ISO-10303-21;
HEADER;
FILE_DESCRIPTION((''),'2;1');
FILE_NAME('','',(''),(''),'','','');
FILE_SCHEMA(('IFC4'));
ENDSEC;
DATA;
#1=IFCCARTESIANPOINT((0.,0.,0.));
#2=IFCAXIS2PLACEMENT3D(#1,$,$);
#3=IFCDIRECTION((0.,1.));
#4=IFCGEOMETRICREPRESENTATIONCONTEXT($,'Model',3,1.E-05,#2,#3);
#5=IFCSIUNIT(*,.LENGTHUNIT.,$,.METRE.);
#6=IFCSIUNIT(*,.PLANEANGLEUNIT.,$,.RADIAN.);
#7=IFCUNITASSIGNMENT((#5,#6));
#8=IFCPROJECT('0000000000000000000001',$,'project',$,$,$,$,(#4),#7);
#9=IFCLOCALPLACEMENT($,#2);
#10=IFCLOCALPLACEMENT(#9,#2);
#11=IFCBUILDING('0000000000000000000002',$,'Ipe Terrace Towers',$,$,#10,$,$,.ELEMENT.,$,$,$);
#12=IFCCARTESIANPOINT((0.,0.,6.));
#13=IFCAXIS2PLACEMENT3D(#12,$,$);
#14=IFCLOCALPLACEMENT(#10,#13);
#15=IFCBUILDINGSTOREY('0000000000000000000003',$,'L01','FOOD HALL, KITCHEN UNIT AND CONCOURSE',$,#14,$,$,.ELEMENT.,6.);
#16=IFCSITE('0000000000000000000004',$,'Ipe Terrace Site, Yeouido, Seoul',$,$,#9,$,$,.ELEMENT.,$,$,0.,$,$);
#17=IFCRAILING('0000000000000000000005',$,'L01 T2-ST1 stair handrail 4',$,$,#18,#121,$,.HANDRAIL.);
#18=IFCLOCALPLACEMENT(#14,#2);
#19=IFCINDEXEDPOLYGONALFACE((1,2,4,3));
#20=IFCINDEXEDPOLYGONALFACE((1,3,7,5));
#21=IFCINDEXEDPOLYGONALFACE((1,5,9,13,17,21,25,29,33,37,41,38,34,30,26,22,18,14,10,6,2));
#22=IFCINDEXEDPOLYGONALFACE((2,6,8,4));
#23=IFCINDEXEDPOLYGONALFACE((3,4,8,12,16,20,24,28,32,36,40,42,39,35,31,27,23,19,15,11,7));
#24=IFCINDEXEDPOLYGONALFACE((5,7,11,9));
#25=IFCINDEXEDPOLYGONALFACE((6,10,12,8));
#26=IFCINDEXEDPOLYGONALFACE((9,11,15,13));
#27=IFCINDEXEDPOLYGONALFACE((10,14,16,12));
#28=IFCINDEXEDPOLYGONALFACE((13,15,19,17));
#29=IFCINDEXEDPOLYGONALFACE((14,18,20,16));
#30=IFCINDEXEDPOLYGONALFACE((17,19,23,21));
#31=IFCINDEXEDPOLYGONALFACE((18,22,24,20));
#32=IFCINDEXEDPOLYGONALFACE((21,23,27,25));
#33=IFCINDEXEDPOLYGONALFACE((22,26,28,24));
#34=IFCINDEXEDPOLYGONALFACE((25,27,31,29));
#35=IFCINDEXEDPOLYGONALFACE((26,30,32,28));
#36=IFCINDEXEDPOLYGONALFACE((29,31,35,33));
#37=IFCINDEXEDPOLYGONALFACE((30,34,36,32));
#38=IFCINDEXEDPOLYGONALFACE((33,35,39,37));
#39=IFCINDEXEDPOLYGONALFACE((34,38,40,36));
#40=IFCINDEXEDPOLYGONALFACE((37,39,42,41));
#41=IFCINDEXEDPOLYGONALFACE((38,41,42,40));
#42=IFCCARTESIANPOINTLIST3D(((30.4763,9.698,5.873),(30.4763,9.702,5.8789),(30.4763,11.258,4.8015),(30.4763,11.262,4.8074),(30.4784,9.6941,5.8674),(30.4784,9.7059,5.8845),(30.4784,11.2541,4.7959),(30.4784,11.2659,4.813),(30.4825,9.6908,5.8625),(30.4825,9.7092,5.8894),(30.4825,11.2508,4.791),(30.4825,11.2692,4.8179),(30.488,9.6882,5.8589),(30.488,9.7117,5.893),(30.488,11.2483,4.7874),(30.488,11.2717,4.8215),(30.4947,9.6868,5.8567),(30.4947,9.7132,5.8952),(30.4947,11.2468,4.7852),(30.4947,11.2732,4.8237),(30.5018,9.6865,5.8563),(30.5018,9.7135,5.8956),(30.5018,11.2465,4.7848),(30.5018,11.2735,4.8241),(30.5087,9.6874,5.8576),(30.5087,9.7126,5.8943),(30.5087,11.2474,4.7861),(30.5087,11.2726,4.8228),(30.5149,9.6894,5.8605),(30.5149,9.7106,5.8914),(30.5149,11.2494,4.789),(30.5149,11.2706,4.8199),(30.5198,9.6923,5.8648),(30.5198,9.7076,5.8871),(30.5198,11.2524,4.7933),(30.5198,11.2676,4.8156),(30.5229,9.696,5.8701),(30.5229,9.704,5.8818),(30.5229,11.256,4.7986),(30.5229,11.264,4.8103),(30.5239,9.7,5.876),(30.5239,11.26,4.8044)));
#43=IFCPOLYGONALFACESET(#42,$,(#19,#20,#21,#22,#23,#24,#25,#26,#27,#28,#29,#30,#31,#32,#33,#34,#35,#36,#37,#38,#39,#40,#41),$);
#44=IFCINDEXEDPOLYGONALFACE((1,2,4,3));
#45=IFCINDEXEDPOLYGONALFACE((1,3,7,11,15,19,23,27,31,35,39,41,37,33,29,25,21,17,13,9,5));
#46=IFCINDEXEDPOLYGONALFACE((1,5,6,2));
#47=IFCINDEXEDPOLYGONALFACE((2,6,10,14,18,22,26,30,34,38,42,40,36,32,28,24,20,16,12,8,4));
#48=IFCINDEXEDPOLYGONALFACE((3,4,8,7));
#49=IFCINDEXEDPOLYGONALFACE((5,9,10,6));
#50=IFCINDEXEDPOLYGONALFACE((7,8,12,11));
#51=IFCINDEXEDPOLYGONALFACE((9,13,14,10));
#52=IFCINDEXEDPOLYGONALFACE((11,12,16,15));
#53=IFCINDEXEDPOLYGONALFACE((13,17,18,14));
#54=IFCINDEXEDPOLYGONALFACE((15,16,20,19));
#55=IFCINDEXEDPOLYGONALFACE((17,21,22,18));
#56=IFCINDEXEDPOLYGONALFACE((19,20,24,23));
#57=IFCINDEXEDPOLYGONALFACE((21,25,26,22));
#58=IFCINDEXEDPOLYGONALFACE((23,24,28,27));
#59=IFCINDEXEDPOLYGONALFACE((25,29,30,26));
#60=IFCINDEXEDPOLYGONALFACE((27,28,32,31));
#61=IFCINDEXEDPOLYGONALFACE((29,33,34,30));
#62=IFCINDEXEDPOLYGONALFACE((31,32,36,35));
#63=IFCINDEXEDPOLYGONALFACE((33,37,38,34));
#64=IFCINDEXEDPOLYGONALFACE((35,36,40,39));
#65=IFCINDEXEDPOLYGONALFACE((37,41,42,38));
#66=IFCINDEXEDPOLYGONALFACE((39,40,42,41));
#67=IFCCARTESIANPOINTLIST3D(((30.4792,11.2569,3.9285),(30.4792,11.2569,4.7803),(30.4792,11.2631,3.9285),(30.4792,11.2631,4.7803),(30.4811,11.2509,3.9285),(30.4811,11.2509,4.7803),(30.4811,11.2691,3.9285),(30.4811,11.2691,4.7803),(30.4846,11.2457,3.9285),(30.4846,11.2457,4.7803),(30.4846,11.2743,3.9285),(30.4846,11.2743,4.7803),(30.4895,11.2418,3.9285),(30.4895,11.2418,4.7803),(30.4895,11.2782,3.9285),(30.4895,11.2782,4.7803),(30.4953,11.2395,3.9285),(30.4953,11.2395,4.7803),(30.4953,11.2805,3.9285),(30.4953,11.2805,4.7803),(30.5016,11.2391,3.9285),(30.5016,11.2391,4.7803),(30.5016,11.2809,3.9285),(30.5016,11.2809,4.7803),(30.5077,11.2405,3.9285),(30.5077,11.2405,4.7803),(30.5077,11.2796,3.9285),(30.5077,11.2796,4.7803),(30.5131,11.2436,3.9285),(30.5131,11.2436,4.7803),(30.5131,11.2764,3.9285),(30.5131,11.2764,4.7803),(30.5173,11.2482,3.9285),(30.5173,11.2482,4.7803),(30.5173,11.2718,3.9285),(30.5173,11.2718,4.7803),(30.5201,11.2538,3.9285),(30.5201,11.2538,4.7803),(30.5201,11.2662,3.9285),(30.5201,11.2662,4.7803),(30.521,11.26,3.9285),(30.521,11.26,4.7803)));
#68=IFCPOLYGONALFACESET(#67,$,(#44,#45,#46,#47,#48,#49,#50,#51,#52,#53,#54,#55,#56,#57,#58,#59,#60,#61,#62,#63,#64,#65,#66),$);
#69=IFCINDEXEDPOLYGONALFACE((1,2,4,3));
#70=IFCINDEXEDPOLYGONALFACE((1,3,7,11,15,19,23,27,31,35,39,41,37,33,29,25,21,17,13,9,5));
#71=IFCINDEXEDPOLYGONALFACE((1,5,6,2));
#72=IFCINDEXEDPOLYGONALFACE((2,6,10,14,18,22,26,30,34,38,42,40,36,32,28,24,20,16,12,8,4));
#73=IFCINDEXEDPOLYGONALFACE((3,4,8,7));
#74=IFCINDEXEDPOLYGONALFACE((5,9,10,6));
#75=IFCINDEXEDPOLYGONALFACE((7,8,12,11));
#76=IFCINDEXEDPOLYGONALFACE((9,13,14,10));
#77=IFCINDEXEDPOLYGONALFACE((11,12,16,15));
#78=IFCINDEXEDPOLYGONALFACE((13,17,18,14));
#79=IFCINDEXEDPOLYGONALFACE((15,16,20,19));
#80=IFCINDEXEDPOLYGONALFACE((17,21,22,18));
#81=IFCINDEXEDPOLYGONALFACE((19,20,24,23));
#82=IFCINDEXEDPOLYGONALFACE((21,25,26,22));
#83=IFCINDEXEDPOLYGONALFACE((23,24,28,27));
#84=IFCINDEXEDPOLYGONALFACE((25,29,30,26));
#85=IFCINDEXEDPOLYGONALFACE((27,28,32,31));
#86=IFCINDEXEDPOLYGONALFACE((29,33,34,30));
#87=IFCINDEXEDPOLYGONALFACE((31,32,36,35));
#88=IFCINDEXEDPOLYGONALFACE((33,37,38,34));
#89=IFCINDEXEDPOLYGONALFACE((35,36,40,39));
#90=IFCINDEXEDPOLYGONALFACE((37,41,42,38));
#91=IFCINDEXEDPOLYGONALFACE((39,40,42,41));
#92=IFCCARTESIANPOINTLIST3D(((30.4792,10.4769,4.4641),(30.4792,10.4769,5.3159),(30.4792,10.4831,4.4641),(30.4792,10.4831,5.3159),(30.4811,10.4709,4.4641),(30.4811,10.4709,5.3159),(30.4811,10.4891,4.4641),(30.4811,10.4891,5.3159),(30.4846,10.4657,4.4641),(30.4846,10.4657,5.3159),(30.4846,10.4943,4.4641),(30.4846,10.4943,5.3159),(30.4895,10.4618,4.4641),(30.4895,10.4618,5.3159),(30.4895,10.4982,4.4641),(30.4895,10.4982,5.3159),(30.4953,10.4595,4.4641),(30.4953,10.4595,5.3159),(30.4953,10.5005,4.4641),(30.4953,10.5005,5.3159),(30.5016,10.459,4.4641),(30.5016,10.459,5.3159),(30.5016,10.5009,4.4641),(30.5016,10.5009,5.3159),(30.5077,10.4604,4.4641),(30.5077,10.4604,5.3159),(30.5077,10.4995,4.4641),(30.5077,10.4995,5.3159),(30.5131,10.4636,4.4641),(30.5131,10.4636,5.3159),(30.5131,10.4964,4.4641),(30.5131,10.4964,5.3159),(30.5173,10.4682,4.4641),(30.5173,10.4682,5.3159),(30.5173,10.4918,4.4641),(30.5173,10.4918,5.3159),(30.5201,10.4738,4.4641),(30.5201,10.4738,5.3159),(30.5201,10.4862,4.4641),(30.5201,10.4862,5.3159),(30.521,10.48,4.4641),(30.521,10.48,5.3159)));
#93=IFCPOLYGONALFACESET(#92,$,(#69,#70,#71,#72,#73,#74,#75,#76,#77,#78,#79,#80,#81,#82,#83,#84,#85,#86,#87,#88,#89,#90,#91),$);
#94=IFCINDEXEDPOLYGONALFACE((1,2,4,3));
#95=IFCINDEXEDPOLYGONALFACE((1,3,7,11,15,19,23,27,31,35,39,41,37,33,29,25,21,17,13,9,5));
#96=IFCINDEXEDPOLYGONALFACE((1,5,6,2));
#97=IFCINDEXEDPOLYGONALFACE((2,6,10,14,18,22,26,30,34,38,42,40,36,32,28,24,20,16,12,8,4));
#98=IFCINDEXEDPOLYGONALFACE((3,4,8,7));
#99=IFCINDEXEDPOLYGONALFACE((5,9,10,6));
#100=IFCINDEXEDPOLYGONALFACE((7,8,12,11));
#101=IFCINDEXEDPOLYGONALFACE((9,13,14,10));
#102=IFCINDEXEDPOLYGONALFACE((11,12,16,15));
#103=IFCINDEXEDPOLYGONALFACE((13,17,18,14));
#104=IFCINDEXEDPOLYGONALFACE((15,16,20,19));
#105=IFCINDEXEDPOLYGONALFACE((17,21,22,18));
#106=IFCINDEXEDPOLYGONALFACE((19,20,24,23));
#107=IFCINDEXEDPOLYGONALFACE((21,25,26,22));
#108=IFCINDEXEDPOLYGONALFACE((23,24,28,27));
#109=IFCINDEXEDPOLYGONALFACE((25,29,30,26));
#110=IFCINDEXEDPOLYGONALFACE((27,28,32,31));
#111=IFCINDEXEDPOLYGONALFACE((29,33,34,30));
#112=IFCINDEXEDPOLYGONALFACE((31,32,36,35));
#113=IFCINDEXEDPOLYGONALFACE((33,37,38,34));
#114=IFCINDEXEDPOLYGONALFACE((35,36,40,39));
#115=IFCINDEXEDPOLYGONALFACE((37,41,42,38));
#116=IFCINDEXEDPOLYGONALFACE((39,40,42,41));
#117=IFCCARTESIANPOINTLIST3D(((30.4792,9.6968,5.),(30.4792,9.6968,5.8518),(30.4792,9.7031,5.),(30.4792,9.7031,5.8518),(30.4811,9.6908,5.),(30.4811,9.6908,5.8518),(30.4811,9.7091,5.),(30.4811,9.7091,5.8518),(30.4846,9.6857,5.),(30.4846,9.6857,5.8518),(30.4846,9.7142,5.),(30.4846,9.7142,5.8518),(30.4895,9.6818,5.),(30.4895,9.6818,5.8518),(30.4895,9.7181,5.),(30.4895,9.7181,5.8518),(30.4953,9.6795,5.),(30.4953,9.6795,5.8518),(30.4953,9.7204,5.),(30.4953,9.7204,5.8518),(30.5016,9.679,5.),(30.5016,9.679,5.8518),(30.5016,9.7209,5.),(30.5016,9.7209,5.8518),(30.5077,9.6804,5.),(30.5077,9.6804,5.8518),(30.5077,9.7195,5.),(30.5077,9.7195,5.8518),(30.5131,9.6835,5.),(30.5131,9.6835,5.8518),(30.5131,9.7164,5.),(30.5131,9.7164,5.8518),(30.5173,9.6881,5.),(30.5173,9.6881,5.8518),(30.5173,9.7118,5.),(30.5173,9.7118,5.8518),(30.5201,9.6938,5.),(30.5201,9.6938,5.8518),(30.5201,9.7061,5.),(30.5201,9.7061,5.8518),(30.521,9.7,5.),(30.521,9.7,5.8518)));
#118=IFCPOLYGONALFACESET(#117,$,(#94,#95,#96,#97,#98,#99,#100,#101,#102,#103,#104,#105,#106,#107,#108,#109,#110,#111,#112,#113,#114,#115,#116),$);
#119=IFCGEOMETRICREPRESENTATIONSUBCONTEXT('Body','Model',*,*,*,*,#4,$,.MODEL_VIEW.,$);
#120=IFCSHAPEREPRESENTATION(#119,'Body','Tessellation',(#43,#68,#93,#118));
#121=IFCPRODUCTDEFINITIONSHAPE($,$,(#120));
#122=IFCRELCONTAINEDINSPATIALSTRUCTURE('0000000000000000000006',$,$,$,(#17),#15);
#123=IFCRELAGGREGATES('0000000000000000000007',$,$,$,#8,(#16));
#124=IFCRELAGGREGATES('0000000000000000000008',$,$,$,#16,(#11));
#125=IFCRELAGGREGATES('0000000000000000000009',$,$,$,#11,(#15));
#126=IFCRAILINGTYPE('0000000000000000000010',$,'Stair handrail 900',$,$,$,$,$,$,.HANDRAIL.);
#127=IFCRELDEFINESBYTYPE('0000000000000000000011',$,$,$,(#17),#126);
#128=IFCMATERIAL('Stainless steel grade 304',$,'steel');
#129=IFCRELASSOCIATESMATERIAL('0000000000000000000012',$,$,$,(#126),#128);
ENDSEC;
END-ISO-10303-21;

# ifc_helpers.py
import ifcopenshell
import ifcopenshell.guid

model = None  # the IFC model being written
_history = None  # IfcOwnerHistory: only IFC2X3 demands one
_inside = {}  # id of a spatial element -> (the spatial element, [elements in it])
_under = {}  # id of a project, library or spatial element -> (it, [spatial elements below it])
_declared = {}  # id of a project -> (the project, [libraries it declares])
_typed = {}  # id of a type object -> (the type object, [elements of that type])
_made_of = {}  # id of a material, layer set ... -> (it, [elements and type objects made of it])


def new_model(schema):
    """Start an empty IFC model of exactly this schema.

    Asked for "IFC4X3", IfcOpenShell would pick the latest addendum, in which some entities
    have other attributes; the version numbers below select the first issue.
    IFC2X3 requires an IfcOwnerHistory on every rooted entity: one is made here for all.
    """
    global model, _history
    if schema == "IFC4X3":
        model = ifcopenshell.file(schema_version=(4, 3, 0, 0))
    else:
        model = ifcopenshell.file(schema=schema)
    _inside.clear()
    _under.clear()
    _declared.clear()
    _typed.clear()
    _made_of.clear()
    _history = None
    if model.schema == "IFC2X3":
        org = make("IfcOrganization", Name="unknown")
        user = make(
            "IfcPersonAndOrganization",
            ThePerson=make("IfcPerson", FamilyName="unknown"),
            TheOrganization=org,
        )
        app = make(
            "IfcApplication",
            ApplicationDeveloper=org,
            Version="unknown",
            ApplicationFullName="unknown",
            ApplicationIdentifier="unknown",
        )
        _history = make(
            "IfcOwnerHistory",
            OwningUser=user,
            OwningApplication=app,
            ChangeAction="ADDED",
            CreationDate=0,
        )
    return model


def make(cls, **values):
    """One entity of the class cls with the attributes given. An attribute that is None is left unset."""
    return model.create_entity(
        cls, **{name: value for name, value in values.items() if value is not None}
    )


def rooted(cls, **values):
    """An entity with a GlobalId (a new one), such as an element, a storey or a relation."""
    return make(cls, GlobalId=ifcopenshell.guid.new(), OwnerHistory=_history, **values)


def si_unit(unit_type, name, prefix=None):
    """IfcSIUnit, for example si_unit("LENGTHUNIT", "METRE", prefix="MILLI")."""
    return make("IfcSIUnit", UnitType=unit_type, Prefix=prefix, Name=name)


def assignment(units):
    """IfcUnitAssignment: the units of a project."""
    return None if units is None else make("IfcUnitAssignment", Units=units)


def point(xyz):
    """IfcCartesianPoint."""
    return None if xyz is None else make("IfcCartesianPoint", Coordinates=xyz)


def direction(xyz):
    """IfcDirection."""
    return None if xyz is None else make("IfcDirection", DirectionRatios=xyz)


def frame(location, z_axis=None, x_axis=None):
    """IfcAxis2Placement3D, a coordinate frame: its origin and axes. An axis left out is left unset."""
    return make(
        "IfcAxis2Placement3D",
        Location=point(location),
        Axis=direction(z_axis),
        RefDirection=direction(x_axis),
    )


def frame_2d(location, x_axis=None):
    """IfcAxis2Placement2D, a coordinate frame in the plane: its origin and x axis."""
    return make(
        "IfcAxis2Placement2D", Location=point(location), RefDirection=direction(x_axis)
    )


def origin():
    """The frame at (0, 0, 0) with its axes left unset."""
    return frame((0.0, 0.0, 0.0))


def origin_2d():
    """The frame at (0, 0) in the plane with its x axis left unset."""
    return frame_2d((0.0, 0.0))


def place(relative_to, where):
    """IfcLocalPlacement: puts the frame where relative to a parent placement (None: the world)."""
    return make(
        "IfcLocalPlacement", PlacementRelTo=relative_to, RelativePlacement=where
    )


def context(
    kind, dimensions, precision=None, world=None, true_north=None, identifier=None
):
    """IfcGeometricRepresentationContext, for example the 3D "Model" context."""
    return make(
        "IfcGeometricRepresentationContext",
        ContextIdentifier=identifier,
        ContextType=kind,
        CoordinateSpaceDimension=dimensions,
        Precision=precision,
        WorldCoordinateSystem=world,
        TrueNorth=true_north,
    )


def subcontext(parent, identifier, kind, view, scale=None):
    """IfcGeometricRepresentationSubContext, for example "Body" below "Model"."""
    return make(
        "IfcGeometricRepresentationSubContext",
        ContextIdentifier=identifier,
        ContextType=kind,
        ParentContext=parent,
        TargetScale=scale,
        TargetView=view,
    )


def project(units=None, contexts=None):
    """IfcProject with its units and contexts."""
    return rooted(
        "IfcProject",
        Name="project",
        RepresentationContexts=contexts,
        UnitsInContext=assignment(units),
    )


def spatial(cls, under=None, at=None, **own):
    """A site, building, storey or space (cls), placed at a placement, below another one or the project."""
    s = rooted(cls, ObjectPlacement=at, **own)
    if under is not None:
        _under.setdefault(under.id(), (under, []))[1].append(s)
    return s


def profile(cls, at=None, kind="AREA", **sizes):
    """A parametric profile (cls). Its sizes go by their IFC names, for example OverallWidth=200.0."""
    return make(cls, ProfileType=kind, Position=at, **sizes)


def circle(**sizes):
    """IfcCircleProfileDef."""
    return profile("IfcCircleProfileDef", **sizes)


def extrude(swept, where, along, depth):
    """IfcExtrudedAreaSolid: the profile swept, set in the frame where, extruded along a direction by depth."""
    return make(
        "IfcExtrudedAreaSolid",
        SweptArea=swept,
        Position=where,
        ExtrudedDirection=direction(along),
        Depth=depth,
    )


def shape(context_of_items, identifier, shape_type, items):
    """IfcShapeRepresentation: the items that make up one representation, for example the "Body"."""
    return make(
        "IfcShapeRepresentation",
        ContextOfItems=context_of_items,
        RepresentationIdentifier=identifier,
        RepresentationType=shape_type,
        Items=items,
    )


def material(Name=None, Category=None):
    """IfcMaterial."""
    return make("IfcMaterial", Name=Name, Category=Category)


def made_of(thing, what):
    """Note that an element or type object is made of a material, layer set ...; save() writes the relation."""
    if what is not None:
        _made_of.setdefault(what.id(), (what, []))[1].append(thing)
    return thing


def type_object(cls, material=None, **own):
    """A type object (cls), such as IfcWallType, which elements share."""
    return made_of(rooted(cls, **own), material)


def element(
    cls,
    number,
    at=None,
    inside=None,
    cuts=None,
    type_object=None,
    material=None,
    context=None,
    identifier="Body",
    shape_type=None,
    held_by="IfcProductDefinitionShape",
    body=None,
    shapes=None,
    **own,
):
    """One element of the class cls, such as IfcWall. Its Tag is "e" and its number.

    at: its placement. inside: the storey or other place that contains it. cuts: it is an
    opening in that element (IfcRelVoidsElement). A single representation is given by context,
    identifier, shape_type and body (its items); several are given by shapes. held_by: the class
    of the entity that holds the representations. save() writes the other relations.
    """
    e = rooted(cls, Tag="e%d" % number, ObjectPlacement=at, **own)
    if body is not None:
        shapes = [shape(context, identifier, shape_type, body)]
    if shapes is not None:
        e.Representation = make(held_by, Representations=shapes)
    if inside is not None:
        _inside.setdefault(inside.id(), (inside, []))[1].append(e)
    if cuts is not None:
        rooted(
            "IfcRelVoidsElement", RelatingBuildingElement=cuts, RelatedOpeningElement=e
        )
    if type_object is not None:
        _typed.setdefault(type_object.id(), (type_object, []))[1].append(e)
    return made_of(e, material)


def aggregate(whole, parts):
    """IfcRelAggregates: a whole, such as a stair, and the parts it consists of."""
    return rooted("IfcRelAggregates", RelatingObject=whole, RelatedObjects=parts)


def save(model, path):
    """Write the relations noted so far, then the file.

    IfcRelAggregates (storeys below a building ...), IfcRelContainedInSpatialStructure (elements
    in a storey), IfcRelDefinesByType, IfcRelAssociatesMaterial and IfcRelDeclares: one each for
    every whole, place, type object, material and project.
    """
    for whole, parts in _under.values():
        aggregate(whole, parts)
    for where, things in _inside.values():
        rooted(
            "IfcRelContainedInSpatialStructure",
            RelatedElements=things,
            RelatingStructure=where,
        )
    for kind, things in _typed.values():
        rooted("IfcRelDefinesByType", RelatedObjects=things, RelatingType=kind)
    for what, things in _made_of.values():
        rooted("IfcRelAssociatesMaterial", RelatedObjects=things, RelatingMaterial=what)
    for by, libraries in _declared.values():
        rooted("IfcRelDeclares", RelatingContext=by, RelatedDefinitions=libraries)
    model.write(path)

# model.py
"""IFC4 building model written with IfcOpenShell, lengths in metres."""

from ifc_helpers import new_model, si_unit, direction, frame, origin, origin_2d, place, context, subcontext, project, spatial, circle, extrude, material, type_object, element, save


model = new_model("IFC4")

# Units and contexts
model_context = context("Model", 3, precision=1e-05, world=origin(), true_north=direction((0.0, 1.0)))
body_context = subcontext(model_context, "Body", "Model", "MODEL_VIEW")
ifc_project = project(units=[si_unit("LENGTHUNIT", "METRE"), si_unit("PLANEANGLEUNIT", "RADIAN")], contexts=[model_context])

# Site, building, storey
site_placement = place(None, origin())
site = spatial("IfcSite", under=ifc_project, at=site_placement, Name="Ipe Terrace Site, Yeouido, Seoul", CompositionType="ELEMENT", RefElevation=0.0)
building_placement = place(site_placement, origin())
building = spatial("IfcBuilding", under=site, at=building_placement, Name="Ipe Terrace Towers", CompositionType="ELEMENT")
storey_placement = place(building_placement, frame((0.0, 0.0, 6.0)))
storey = spatial("IfcBuildingStorey", under=building, at=storey_placement, Name="L01", Description="FOOD HALL, KITCHEN UNIT AND CONCOURSE", CompositionType="ELEMENT", Elevation=6.0)

# Railing
ifc_material_1 = material(Name="Stainless steel grade 304", Category="steel")
railing_type_1 = type_object("IfcRailingType", Name="Stair handrail 900", PredefinedType="HANDRAIL", material=ifc_material_1)
railing_1_placement = place(storey_placement, frame((30.5, 11.26, 3.9285)))
element("IfcRailing", 1, at=railing_1_placement, inside=storey, type_object=railing_type_1, Name="L01 T2-ST1 stair handrail 4", PredefinedType="HANDRAIL", context=body_context, shape_type="SweptSolid", body=[
    extrude(circle(Radius=0.0239, at=origin_2d()), frame((0.0, 0.0, 0.876), z_axis=(0.0, -0.82429, 0.566167), x_axis=(1.0, 0.0, 0.0)), (0.0, 0.0, 1.0), 1.8926),
    extrude(circle(Radius=0.021, at=origin_2d()), origin(), (0.0, 0.0, 1.0), 0.8518),
    extrude(circle(Radius=0.021, at=origin_2d()), frame((0.0, -0.78, 0.5356)), (0.0, 0.0, 1.0), 0.8518),
    extrude(circle(Radius=0.021, at=origin_2d()), frame((0.0, -1.5601, 1.0715)), (0.0, 0.0, 1.0), 0.8518),
])

save(model, "model.ifc")
